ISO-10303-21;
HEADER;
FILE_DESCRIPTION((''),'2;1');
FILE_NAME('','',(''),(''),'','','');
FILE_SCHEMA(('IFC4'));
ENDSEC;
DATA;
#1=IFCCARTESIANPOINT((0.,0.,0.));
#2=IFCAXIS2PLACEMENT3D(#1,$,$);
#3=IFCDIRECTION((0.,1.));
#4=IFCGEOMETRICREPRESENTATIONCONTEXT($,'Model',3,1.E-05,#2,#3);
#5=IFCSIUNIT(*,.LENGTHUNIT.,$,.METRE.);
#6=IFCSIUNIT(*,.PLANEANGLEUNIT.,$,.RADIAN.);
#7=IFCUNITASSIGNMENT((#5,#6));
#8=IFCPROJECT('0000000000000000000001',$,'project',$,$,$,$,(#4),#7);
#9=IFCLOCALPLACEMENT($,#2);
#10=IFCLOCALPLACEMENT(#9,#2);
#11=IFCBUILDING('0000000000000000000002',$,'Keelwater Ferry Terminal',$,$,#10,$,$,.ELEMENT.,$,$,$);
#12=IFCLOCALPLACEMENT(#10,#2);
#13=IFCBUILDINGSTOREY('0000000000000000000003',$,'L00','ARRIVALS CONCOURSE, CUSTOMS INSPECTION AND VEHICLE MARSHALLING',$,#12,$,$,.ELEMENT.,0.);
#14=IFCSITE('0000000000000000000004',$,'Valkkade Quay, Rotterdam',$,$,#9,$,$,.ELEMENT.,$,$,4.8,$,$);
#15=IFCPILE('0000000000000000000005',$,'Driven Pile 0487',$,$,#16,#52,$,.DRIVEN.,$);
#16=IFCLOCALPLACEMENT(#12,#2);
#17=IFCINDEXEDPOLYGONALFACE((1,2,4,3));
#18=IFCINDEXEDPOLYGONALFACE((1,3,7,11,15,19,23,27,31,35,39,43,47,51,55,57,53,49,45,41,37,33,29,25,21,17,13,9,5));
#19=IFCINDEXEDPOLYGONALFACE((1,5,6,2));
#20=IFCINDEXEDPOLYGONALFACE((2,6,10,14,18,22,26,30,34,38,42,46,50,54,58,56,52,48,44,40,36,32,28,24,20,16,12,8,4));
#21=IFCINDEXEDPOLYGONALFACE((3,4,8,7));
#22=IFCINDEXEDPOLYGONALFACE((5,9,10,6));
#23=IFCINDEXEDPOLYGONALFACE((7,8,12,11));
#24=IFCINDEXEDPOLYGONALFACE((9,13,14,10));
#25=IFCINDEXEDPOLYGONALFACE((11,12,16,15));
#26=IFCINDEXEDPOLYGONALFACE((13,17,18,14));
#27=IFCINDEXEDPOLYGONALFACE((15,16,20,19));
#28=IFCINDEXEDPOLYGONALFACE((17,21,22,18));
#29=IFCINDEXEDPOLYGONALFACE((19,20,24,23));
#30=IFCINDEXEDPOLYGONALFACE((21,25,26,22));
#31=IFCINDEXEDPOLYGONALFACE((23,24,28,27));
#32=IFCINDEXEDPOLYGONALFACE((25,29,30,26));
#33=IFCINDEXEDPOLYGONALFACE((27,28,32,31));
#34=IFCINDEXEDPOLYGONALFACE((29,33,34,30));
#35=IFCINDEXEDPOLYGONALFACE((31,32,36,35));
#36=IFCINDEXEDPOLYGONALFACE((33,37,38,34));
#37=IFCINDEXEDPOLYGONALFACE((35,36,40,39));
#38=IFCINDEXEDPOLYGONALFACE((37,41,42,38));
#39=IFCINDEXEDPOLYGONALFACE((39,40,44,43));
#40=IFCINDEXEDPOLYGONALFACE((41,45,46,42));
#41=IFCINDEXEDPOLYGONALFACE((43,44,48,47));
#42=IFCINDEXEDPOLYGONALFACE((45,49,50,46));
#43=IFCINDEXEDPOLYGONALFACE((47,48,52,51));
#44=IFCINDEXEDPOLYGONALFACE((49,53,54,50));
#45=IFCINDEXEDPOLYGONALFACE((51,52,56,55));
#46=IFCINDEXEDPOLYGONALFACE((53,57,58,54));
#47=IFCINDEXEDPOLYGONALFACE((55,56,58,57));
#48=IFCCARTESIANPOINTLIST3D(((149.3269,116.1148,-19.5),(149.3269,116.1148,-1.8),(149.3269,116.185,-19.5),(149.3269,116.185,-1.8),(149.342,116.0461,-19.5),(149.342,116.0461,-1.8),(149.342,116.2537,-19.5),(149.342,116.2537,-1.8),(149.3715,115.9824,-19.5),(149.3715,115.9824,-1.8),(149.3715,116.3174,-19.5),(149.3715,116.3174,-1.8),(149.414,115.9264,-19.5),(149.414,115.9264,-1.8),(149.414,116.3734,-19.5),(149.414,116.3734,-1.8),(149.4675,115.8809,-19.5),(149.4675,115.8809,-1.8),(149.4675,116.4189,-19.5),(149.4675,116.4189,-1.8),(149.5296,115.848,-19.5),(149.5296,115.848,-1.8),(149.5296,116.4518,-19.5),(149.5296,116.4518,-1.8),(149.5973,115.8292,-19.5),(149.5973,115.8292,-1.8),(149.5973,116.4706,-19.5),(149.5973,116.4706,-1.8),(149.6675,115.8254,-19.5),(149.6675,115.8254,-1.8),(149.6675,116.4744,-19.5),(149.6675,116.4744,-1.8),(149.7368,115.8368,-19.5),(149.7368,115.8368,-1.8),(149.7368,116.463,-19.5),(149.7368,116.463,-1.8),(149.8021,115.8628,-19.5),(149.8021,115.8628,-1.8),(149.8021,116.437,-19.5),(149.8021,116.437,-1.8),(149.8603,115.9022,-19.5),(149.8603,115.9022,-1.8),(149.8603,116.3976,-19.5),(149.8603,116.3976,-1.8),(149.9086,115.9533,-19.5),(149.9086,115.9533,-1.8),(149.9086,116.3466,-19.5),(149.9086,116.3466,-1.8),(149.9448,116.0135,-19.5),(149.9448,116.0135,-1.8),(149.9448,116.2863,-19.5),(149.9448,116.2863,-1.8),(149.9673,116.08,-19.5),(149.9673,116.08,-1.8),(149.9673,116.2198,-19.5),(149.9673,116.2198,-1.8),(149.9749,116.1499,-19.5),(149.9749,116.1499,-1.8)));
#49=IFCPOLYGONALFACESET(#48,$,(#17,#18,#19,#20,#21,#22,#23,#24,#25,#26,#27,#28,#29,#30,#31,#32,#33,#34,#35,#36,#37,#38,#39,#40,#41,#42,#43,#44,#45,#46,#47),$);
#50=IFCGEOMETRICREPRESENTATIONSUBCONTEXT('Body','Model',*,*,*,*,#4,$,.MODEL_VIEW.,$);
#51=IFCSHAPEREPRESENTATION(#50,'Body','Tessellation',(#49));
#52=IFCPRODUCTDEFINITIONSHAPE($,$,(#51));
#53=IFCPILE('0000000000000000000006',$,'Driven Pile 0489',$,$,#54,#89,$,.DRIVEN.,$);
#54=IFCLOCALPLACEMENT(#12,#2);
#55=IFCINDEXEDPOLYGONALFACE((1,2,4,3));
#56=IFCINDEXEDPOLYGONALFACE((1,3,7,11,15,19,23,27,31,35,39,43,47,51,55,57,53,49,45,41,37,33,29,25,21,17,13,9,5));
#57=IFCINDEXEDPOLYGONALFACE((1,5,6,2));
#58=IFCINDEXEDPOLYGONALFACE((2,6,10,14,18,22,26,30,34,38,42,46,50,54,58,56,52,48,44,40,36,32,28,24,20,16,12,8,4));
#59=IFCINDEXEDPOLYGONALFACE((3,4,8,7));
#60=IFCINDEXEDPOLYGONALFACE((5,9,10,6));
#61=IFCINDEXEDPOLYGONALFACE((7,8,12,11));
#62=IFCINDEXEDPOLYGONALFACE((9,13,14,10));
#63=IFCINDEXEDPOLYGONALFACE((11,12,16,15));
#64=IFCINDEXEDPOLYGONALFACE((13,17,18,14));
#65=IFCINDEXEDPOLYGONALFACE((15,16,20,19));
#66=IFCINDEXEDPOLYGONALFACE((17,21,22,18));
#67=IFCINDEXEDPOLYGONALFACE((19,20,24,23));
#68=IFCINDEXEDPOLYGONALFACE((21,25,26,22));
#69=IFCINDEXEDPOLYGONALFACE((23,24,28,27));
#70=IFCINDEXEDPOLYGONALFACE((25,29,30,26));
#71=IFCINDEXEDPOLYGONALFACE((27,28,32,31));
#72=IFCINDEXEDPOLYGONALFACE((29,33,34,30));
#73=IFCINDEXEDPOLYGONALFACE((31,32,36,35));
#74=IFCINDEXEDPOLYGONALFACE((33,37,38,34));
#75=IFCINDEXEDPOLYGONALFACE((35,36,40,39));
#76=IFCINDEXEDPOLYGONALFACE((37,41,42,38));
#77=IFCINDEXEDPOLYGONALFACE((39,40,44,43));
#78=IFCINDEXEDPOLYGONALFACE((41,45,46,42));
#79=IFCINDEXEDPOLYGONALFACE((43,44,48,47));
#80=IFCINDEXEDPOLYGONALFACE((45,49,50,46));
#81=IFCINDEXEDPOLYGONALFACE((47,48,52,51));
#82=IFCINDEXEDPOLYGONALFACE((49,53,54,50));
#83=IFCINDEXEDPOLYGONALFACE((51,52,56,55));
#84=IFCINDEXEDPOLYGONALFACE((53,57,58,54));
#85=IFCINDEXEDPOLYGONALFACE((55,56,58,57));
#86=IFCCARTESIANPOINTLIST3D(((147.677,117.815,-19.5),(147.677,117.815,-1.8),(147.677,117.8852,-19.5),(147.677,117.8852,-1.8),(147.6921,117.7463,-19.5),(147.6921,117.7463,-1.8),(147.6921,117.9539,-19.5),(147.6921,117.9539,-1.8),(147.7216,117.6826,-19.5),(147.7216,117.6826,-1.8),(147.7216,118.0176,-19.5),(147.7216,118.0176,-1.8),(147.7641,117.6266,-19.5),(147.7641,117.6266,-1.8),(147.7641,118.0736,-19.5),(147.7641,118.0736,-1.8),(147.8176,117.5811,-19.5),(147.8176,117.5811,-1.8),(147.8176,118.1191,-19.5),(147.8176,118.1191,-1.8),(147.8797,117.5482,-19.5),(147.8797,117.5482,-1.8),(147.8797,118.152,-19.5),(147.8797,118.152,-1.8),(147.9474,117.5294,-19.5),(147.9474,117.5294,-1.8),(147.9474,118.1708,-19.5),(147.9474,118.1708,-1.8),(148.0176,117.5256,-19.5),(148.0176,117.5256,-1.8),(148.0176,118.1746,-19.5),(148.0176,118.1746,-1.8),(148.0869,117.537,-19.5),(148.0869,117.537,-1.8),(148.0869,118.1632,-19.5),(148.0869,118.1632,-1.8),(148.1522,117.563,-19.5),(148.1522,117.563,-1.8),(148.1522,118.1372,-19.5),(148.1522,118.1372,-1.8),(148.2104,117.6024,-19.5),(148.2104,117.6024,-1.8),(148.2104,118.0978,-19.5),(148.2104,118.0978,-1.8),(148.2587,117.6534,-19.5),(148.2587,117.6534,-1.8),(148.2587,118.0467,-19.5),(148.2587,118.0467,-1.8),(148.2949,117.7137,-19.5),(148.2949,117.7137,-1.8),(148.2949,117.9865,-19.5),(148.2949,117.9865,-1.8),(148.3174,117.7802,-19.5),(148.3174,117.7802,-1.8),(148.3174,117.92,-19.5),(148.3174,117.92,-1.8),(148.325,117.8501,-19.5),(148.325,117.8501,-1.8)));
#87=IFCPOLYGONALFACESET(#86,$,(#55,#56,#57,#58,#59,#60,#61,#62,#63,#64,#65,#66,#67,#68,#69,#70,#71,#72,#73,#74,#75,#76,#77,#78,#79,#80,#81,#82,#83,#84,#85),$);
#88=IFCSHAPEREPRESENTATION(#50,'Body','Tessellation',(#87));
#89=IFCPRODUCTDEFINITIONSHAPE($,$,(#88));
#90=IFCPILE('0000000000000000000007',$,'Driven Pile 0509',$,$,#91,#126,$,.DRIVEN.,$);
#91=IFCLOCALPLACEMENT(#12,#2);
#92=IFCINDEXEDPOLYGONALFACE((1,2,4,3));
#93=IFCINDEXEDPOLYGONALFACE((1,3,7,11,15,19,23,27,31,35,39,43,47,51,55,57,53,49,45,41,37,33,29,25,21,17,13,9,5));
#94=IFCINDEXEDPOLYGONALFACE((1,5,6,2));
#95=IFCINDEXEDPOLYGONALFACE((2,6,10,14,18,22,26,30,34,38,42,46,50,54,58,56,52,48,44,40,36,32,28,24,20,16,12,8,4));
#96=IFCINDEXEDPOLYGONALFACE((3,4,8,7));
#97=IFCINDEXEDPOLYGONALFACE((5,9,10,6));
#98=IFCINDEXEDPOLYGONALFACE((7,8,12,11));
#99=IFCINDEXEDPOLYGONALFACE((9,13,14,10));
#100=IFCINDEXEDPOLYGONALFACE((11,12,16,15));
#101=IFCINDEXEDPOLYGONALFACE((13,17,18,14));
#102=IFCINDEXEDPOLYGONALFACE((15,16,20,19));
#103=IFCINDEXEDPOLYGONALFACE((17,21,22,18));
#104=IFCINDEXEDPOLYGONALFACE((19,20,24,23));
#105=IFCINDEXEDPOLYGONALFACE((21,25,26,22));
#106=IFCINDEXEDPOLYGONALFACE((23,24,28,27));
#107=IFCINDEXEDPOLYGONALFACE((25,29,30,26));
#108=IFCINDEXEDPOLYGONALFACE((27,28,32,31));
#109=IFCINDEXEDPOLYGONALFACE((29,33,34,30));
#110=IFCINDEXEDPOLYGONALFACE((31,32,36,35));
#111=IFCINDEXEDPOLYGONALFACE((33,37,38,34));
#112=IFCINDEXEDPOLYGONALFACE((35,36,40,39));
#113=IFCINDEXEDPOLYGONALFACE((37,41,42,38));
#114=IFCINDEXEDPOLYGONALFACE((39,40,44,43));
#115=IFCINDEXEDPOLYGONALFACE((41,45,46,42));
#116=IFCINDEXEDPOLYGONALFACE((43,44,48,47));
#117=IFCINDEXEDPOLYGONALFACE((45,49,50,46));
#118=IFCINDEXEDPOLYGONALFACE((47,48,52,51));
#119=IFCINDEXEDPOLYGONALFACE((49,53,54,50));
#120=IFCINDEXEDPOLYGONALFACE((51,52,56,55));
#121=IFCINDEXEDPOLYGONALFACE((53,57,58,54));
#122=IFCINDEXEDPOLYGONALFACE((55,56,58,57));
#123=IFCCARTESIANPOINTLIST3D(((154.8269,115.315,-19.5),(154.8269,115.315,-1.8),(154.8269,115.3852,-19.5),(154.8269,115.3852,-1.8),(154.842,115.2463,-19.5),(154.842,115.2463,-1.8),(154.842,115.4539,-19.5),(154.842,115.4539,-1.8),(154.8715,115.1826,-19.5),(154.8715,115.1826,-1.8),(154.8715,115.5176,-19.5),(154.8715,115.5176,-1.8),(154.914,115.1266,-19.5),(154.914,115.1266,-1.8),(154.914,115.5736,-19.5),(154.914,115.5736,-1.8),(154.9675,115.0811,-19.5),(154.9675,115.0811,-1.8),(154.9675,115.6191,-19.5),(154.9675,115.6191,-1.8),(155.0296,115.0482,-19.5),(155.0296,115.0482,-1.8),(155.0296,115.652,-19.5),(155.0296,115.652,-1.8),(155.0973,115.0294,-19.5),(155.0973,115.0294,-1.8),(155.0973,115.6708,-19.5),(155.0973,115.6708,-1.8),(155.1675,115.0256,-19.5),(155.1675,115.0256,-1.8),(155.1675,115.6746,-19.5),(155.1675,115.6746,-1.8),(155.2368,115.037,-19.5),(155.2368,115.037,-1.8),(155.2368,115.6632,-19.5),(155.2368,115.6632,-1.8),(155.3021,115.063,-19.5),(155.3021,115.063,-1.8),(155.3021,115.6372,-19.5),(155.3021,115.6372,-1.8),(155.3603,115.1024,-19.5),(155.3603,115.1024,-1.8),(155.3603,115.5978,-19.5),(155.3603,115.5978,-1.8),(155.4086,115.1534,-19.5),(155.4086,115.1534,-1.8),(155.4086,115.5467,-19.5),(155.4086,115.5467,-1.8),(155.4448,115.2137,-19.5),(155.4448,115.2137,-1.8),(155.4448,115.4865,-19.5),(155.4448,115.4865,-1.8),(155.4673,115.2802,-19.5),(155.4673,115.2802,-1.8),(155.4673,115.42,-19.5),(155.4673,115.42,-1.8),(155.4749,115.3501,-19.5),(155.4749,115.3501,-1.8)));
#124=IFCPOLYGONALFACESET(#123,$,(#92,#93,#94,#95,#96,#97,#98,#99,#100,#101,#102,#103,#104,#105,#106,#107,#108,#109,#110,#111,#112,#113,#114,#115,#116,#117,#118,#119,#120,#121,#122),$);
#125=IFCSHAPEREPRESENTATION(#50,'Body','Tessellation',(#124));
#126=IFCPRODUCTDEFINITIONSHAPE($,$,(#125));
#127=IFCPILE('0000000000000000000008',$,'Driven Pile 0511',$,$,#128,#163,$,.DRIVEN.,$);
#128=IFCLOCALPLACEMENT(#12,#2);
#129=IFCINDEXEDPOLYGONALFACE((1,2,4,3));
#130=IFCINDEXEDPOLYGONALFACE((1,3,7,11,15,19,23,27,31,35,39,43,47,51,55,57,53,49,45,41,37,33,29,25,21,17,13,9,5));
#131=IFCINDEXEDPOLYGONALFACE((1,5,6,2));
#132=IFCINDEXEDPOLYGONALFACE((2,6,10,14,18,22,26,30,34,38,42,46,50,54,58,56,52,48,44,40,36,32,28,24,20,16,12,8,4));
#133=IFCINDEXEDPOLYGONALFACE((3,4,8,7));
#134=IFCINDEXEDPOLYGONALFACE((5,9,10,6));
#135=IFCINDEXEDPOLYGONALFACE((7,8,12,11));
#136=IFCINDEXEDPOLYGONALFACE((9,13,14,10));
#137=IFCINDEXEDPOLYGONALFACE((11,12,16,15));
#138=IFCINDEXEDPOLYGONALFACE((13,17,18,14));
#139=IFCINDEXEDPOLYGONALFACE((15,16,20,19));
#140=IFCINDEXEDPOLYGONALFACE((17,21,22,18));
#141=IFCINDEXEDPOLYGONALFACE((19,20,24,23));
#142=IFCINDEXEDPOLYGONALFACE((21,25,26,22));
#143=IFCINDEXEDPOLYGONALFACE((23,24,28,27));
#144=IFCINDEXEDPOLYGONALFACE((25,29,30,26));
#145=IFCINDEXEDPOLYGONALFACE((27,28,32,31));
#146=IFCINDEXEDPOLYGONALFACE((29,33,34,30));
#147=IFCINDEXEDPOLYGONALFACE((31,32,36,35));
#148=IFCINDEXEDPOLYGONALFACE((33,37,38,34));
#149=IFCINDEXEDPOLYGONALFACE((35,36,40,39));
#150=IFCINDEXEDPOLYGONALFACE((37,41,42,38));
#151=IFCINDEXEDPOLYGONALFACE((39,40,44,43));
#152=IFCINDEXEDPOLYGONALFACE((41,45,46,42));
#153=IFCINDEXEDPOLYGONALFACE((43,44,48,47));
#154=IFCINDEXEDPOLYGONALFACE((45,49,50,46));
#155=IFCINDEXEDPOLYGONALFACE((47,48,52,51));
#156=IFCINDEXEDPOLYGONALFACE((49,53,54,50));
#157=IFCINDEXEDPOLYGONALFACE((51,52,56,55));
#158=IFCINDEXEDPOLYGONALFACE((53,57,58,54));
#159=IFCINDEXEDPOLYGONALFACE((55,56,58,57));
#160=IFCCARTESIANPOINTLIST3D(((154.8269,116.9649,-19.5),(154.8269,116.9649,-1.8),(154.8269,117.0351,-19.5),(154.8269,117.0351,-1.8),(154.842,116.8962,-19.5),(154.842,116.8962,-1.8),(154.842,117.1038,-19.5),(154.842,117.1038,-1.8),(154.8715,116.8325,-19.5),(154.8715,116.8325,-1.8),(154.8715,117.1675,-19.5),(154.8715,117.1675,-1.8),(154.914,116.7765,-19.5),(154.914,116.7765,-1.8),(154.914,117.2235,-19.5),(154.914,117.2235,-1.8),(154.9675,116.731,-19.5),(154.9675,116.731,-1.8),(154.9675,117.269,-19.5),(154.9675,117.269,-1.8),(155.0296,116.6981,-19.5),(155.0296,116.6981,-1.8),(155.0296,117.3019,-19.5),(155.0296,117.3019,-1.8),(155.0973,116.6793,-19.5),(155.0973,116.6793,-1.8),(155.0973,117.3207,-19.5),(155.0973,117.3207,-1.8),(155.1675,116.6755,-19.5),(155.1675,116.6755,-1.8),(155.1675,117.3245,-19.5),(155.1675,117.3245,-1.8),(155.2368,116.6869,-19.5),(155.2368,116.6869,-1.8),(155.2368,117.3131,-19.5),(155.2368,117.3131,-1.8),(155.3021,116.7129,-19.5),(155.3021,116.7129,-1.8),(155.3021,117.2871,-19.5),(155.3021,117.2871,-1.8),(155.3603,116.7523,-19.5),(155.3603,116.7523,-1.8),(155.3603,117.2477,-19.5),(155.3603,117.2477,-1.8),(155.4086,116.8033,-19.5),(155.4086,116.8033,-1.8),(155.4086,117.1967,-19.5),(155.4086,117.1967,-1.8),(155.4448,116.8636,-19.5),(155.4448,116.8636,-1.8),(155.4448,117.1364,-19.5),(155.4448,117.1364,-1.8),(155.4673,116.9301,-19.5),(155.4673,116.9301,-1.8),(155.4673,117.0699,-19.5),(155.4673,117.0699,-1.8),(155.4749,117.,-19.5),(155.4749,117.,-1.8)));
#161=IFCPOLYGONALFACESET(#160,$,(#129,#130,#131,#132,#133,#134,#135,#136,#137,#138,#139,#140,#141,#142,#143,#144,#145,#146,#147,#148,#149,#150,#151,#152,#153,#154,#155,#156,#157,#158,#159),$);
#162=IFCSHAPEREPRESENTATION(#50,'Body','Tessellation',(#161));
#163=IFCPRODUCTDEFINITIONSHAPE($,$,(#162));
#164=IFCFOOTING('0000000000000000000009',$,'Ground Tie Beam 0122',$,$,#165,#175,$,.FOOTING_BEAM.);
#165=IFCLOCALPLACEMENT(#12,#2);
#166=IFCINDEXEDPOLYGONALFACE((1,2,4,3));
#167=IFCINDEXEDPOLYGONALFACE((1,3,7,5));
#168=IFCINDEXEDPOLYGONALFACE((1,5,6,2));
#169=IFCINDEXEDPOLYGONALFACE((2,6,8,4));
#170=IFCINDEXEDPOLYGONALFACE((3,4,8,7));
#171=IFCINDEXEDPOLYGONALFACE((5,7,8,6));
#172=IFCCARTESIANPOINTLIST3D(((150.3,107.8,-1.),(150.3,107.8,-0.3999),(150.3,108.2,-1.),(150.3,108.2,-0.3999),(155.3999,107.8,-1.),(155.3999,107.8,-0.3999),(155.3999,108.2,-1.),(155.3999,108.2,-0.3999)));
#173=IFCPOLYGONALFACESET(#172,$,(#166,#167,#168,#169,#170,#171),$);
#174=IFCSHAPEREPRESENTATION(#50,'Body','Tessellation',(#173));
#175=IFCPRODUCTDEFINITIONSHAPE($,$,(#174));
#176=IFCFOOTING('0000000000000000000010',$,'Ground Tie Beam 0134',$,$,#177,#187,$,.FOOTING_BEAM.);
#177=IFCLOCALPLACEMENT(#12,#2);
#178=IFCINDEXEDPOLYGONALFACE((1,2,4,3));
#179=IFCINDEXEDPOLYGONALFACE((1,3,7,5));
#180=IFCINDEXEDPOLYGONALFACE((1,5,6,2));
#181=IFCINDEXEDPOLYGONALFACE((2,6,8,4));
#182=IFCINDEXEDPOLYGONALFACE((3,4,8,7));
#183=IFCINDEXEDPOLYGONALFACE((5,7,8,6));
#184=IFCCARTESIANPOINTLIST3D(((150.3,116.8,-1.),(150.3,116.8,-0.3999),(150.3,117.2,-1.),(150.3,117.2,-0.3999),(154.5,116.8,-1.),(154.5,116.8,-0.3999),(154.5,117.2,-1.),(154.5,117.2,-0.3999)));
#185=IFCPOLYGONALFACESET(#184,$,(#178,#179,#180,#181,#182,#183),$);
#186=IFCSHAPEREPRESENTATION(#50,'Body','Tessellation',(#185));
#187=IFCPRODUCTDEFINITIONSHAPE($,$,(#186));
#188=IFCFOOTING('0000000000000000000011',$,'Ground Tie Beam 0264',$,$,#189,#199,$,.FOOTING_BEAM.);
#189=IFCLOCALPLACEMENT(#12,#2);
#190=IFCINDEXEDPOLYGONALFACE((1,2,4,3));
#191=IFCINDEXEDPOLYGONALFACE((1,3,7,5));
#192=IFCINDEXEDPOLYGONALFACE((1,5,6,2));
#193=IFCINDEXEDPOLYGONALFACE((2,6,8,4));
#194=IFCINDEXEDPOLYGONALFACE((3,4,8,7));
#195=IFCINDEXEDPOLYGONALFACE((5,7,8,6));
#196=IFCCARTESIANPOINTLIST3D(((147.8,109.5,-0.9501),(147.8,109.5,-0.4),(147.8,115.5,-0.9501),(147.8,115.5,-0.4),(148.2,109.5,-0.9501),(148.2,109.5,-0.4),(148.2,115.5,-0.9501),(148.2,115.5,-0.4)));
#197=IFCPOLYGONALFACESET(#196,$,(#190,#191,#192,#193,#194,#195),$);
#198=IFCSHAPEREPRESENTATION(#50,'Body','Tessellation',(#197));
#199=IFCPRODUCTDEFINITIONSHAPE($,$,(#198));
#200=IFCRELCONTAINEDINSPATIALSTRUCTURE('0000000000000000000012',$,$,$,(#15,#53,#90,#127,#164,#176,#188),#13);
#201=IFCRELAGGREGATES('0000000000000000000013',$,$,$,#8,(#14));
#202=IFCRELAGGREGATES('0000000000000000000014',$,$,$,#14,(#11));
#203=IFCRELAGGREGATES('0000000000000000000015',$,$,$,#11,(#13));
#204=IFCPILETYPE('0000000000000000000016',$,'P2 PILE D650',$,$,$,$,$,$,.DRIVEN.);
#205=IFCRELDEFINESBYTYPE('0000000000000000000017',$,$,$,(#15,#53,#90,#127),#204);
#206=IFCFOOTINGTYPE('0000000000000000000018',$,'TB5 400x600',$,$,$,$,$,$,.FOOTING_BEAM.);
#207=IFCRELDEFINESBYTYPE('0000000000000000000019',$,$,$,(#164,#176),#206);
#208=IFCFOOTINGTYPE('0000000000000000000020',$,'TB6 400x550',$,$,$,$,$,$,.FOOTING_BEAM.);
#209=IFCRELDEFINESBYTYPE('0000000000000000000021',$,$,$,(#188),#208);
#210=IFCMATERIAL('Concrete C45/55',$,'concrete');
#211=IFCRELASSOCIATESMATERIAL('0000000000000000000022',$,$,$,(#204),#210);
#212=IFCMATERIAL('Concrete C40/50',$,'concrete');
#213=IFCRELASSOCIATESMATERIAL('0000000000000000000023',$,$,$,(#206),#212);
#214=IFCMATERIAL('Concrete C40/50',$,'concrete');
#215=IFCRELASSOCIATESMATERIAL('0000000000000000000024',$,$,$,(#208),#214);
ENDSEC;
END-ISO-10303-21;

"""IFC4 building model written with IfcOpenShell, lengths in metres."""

from ifc_helpers import new_model, si_unit, direction, frame, origin, origin_2d, place, context, subcontext, project, spatial, rectangle, circle, extrude, material, material_profile, profile_set, type_object, element, save


model = new_model("IFC4")

# Units and contexts
model_context = context("Model", 3, precision=1e-05, world=origin(), true_north=direction((0.0, 1.0)))
body_context = subcontext(model_context, "Body", "Model", "MODEL_VIEW")
ifc_project = project(units=[si_unit("LENGTHUNIT", "METRE"), si_unit("PLANEANGLEUNIT", "RADIAN")], contexts=[model_context])

# Site, building, storey
site_placement = place(None, origin())
site = spatial("IfcSite", under=ifc_project, at=site_placement, Name="Valkkade Quay, Rotterdam", CompositionType="ELEMENT", RefElevation=4.8)
building_placement = place(site_placement, origin())
building = spatial("IfcBuilding", under=site, at=building_placement, Name="Keelwater Ferry Terminal", CompositionType="ELEMENT")
storey_placement = place(building_placement, origin())
storey = spatial("IfcBuildingStorey", under=building, at=storey_placement, Name="L00", Description="ARRIVALS CONCOURSE, CUSTOMS INSPECTION AND VEHICLE MARSHALLING", CompositionType="ELEMENT", Elevation=0.0)

# Piles
ifc_material_1 = material(Name="Concrete C45/55", Category="concrete")
ifc_material_profile_1 = material_profile(ifc_material_1, circle(Radius=0.325, at=origin_2d()), Name="PILE D650")
ifc_profile_set_1 = profile_set([ifc_material_profile_1], Name="Concrete C45/55")
pile_type = type_object("IfcPileType", Name="P2 PILE D650", PredefinedType="DRIVEN", material=ifc_profile_set_1)
for number, where, z_axis, x_axis, name in (
    (1, (149.6499, 116.1499, -1.8), (0.0, 0.0, -1.0), (1.0, 0.0, 0.0), "Driven Pile 0487"),
    (2, (148.0, 117.8501, -1.8), (0.0, 0.0, -1.0), (1.0, 0.0, 0.0), "Driven Pile 0489"),
    (3, (155.1499, 115.3501, -1.8), (0.0, 0.0, -1.0), (1.0, 0.0, 0.0), "Driven Pile 0509"),
    (4, (155.1499, 117.0, -1.8), (0.0, 0.0, -1.0), (1.0, 0.0, 0.0), "Driven Pile 0511"),
):
    element("IfcPile", number, at=place(storey_placement, frame(where, z_axis=z_axis, x_axis=x_axis)), inside=storey, type_object=pile_type, Name=name, PredefinedType="DRIVEN", context=body_context, shape_type="SweptSolid", body=[
        extrude(circle(Radius=0.325, at=origin_2d()), origin(), (0.0, 0.0, 1.0), 17.7),
    ])

# Footings
ifc_material_2 = material(Name="Concrete C40/50", Category="concrete")
ifc_material_profile_2 = material_profile(ifc_material_2, rectangle(XDim=0.3999, YDim=0.6001, at=origin_2d()), Name="TB 400x600")
ifc_profile_set_2 = profile_set([ifc_material_profile_2], Name="Concrete C40/50")
footing_type_1 = type_object("IfcFootingType", Name="TB5 400x600", PredefinedType="FOOTING_BEAM", material=ifc_profile_set_2)
footing_1_placement = place(storey_placement, frame((150.3, 108.0, -0.7), z_axis=(1.0, 0.0, 0.0), x_axis=(0.0, 1.0, 0.0)))
element("IfcFooting", 5, at=footing_1_placement, inside=storey, type_object=footing_type_1, Name="Ground Tie Beam 0122", PredefinedType="FOOTING_BEAM", context=body_context, shape_type="SweptSolid", body=[
    extrude(rectangle(XDim=0.3999, YDim=0.6001, at=origin_2d()), origin(), (0.0, 0.0, 1.0), 5.0999),
])
footing_2_placement = place(storey_placement, frame((150.3, 117.0, -0.7), z_axis=(1.0, 0.0, 0.0), x_axis=(0.0, 1.0, 0.0)))
element("IfcFooting", 6, at=footing_2_placement, inside=storey, type_object=footing_type_1, Name="Ground Tie Beam 0134", PredefinedType="FOOTING_BEAM", context=body_context, shape_type="SweptSolid", body=[
    extrude(rectangle(XDim=0.3999, YDim=0.6001, at=origin_2d()), origin(), (0.0, 0.0, 1.0), 4.2),
])
ifc_material_3 = material(Name="Concrete C40/50", Category="concrete")
ifc_material_profile_3 = material_profile(ifc_material_3, rectangle(XDim=0.3999, YDim=0.55, at=origin_2d()), Name="TB 400x550")
ifc_profile_set_3 = profile_set([ifc_material_profile_3], Name="Concrete C40/50")
footing_type_2 = type_object("IfcFootingType", Name="TB6 400x550", PredefinedType="FOOTING_BEAM", material=ifc_profile_set_3)
footing_3_placement = place(storey_placement, frame((148.0, 109.5, -0.675), z_axis=(0.0, 1.0, 0.0), x_axis=(-1.0, 0.0, 0.0)))
element("IfcFooting", 7, at=footing_3_placement, inside=storey, type_object=footing_type_2, Name="Ground Tie Beam 0264", PredefinedType="FOOTING_BEAM", context=body_context, shape_type="SweptSolid", body=[
    extrude(rectangle(XDim=0.3999, YDim=0.55, at=origin_2d()), origin(), (0.0, 0.0, 1.0), 6.0),
])

save(model, "model.ifc")
